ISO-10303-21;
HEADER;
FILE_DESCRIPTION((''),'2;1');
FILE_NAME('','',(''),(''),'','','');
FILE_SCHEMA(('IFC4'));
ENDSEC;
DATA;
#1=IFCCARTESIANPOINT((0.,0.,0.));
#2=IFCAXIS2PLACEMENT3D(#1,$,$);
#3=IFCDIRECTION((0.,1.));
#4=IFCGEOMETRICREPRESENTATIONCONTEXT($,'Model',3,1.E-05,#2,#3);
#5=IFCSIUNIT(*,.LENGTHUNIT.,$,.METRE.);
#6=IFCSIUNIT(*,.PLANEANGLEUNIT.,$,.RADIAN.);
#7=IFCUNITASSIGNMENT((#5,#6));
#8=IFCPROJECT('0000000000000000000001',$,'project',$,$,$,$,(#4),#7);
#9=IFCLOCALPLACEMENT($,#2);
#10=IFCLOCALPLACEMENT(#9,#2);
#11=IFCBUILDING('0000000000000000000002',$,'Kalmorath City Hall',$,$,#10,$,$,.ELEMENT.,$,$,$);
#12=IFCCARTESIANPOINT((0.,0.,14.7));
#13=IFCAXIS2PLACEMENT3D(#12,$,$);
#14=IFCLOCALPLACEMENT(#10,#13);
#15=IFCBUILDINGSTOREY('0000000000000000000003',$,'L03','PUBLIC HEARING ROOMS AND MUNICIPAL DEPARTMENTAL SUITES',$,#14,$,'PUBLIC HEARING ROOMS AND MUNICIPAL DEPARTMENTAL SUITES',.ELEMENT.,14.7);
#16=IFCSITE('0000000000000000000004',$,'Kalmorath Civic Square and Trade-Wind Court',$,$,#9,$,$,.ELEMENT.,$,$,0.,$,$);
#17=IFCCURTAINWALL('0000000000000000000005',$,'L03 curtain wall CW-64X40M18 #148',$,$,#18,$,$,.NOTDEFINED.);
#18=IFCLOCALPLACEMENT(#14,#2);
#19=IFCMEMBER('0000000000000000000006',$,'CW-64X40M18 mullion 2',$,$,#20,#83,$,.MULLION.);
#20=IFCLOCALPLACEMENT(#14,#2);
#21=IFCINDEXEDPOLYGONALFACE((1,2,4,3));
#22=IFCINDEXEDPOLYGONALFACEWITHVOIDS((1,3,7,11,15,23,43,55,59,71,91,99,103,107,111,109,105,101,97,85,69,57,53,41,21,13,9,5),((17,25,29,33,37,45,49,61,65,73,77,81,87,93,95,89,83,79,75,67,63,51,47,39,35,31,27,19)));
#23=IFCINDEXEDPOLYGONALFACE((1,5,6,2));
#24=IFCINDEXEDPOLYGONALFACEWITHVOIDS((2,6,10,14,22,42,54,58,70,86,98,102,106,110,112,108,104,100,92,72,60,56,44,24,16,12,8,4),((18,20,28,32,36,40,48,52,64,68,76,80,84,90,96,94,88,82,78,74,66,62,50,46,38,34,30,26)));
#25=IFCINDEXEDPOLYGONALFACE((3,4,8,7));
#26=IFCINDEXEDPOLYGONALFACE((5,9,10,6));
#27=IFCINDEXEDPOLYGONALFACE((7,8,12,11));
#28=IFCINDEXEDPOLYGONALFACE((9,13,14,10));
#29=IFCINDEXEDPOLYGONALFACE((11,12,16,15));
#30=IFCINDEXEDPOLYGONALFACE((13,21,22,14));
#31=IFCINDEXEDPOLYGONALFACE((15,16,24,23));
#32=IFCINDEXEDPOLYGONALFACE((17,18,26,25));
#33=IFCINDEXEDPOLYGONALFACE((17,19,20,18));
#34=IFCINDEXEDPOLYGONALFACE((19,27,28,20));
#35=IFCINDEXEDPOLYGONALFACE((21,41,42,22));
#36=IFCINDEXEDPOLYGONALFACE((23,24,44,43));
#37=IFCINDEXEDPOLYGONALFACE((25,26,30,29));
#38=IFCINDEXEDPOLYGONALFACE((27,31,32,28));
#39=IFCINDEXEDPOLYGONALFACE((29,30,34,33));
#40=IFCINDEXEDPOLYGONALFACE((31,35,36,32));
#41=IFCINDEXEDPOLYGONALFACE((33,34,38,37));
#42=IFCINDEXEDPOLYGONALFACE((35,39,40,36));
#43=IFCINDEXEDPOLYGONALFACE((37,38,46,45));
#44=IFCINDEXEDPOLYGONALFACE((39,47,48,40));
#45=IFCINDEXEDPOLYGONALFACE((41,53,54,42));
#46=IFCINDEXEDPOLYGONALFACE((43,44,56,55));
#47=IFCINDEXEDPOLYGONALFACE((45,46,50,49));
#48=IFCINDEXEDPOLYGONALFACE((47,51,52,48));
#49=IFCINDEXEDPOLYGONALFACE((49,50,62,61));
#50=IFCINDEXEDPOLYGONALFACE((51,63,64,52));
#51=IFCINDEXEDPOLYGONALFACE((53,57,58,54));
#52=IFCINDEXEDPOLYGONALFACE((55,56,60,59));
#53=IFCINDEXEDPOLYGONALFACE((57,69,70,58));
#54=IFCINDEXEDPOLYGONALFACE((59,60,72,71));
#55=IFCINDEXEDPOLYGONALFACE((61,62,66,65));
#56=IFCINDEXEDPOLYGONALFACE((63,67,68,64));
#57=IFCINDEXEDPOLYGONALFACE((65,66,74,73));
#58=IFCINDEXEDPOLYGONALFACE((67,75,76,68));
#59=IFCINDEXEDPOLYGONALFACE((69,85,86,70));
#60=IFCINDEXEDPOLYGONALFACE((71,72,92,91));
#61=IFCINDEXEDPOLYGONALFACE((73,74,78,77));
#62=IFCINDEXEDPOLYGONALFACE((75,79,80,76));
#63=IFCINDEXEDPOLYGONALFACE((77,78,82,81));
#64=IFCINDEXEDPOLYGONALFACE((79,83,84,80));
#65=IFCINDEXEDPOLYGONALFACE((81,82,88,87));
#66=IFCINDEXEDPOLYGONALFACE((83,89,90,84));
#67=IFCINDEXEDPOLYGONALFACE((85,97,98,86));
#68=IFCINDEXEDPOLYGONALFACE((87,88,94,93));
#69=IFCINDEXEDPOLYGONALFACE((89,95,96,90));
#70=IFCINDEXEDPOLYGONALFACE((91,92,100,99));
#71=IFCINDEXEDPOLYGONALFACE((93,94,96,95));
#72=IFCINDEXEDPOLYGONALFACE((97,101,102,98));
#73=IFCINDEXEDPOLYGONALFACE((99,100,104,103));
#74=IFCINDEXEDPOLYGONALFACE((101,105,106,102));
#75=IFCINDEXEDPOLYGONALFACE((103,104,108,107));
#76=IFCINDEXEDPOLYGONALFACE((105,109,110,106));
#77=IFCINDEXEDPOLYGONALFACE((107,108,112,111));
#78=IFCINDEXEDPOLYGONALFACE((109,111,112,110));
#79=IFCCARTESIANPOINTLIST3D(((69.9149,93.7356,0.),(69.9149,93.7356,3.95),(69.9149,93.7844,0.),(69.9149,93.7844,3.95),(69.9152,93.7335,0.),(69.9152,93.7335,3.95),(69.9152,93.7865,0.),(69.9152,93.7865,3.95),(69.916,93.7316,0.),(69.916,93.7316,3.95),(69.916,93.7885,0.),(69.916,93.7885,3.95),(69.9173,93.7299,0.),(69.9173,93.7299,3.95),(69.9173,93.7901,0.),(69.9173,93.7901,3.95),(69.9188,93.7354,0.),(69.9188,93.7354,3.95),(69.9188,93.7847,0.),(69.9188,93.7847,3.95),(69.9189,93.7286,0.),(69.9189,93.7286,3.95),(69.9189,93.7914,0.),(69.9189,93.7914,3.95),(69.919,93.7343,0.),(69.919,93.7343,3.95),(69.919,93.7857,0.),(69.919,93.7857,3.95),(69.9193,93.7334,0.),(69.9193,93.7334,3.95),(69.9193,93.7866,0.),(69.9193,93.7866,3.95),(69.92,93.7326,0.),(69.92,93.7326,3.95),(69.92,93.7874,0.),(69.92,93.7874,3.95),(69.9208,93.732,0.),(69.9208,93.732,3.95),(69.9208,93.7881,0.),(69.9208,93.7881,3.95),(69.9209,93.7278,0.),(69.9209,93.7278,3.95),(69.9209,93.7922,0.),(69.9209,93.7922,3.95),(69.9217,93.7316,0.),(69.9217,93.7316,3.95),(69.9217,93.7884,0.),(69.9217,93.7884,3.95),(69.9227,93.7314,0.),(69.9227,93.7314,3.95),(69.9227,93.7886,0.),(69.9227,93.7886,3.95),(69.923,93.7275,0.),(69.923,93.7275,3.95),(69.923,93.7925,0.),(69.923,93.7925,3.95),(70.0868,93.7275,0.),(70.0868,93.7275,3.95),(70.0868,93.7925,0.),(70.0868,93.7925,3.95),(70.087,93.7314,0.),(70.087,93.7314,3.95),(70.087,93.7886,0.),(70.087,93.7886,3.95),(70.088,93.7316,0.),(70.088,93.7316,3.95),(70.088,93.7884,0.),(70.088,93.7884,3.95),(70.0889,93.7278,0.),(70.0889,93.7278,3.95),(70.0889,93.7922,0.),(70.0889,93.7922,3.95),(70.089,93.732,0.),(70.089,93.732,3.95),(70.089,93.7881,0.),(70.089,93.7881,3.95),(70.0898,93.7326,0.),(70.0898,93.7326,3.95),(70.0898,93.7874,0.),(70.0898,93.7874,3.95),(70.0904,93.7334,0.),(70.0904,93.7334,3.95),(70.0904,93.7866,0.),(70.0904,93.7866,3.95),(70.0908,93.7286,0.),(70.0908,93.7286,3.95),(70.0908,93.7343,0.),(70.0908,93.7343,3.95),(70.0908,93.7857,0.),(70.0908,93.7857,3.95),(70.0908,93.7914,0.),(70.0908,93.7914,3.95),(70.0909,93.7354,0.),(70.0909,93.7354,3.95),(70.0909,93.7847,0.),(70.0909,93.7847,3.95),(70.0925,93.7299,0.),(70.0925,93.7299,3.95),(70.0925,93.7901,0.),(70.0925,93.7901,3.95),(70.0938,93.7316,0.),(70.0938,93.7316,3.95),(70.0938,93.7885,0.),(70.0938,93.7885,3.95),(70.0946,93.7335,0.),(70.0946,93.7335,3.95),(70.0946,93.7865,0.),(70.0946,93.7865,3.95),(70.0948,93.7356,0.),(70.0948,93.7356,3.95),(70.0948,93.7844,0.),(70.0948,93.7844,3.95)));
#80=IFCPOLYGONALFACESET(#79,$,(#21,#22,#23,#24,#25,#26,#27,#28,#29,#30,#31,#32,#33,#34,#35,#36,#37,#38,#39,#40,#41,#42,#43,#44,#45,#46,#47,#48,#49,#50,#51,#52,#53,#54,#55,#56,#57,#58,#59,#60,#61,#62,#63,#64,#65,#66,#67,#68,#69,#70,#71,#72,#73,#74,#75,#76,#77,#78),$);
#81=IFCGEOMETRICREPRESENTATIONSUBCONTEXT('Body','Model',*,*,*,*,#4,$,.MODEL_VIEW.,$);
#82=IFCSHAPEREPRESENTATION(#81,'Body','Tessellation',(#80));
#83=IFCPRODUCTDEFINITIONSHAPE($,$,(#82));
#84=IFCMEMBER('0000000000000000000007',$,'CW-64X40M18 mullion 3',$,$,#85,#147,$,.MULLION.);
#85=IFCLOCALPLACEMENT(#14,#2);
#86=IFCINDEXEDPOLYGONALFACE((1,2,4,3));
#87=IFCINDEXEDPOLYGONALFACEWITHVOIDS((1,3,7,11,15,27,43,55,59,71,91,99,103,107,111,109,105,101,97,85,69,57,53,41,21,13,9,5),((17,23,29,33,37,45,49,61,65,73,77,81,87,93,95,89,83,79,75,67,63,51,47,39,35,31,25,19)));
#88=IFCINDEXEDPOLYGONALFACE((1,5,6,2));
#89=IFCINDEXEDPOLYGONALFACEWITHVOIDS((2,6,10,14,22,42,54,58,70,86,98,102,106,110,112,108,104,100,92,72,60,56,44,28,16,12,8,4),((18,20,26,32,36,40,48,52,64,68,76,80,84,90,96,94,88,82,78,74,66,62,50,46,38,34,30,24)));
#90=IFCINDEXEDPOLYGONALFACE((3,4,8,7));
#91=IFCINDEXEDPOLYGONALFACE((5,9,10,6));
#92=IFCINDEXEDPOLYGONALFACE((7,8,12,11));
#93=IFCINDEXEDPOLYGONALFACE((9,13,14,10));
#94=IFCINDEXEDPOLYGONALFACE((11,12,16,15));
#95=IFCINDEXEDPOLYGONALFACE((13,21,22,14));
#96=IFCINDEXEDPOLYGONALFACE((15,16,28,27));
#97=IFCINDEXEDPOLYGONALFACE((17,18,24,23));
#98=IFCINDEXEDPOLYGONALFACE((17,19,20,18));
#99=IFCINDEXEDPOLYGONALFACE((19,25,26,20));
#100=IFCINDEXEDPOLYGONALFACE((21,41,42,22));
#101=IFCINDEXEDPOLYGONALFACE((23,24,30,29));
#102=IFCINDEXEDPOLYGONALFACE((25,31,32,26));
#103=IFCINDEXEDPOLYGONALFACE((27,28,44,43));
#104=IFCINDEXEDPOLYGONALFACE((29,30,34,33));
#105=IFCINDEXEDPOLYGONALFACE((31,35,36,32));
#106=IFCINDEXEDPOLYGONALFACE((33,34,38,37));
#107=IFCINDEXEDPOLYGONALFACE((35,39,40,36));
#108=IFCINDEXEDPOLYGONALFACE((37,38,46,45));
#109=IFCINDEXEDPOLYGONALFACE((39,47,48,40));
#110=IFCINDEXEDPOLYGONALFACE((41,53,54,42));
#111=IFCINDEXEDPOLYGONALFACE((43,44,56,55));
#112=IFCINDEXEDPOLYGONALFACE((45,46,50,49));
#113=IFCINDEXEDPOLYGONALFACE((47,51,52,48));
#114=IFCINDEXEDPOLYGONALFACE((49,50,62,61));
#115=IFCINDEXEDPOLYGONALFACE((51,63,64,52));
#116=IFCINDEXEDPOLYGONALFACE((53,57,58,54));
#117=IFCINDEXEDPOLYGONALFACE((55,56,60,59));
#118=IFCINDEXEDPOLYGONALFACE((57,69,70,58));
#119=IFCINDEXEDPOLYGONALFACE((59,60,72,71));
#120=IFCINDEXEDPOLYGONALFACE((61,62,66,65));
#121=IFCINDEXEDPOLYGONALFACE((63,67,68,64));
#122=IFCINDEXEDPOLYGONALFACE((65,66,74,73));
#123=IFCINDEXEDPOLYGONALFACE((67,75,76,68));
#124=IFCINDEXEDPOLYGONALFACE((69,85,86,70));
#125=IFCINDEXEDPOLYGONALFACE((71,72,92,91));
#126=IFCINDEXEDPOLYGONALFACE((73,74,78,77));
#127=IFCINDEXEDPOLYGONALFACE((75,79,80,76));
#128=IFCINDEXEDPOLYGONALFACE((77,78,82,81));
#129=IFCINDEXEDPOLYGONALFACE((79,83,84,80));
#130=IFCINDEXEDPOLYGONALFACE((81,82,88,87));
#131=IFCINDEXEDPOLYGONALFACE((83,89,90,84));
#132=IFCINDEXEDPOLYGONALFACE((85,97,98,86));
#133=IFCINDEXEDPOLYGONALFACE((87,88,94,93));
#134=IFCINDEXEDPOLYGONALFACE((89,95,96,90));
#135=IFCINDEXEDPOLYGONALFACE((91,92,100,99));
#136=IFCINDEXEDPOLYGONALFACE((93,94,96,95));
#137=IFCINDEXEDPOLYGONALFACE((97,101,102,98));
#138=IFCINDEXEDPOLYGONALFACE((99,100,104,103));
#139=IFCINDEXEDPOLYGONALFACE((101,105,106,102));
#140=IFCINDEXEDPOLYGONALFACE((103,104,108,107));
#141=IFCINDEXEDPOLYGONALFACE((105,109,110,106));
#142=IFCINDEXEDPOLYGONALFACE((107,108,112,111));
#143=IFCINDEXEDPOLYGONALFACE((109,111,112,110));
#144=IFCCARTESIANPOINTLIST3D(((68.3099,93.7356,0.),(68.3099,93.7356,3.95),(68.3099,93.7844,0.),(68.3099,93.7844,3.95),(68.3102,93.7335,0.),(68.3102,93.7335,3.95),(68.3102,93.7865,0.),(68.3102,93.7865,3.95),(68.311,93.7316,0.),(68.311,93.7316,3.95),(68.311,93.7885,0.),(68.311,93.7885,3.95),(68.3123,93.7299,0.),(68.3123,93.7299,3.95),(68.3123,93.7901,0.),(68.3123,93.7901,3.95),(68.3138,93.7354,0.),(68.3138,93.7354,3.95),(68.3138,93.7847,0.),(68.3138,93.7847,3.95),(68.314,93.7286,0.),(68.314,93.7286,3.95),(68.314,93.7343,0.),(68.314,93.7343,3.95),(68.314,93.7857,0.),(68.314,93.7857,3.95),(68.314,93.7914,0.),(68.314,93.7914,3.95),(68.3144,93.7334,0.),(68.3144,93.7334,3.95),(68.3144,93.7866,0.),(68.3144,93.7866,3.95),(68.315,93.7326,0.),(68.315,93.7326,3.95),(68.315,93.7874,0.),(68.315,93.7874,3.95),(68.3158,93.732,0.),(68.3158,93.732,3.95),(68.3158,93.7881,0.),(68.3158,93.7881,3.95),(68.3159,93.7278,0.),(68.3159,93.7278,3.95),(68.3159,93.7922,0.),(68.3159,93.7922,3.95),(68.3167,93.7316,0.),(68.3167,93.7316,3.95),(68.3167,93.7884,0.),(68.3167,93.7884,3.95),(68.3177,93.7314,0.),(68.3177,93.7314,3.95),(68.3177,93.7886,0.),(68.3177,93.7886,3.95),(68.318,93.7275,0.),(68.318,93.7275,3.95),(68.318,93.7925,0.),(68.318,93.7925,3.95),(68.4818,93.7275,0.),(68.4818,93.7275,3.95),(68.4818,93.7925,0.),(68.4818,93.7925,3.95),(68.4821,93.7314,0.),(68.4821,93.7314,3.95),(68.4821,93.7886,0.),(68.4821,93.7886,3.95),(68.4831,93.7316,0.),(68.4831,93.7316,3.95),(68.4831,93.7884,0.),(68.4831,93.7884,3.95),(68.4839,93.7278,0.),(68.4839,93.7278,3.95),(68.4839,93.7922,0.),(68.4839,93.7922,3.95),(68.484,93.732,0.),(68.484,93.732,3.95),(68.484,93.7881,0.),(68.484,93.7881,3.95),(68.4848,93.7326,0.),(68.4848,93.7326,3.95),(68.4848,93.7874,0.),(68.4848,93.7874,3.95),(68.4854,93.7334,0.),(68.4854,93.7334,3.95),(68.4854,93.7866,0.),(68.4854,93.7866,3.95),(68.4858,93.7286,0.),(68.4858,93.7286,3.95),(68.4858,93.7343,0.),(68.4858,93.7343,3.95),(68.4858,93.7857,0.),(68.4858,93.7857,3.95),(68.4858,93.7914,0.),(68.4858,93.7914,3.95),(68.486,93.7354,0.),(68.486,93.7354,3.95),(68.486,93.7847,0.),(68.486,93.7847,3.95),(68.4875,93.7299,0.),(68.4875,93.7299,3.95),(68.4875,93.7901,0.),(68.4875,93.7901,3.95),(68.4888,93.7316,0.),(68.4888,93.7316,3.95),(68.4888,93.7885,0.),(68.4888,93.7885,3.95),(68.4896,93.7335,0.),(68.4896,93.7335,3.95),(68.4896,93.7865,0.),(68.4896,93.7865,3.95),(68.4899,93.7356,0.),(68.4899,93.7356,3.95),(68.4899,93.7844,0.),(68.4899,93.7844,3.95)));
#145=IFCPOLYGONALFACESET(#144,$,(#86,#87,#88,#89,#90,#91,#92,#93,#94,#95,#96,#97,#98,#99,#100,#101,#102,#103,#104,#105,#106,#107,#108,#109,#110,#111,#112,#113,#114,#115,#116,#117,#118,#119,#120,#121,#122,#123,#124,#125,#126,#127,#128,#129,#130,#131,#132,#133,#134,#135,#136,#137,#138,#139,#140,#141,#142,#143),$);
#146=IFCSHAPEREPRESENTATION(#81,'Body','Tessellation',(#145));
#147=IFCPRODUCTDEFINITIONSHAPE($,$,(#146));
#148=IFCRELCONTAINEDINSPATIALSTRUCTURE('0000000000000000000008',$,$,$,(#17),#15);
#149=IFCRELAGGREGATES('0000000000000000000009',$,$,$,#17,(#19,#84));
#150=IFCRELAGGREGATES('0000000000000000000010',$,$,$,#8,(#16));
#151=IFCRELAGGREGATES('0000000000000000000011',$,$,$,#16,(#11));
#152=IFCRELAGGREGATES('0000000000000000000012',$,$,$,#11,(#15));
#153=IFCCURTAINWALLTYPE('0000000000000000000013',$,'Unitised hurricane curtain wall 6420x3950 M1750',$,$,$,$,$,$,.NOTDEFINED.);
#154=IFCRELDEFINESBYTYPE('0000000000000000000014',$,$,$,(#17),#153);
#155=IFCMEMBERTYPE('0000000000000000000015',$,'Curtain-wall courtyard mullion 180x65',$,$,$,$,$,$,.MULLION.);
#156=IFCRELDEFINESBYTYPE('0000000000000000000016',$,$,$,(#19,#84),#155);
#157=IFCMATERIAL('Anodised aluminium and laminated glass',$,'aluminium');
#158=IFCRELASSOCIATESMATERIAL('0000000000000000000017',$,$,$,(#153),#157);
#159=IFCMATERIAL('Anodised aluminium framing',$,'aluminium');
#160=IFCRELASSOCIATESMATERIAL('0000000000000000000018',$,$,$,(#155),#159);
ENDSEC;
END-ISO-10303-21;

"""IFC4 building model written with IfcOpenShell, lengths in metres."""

from ifc_helpers import new_model, si_unit, direction, frame, origin, origin_2d, place, context, subcontext, project, spatial, hollow_rectangle, extrude, material, material_profile, profile_set, type_object, element, aggregate, save


model = new_model("IFC4")

# Units and contexts
model_context = context("Model", 3, precision=1e-05, world=origin(), true_north=direction((0.0, 1.0)))
body_context = subcontext(model_context, "Body", "Model", "MODEL_VIEW")
ifc_project = project(units=[si_unit("LENGTHUNIT", "METRE"), si_unit("PLANEANGLEUNIT", "RADIAN")], contexts=[model_context])

# Site, building, storey
site_placement = place(None, origin())
site = spatial("IfcSite", under=ifc_project, at=site_placement, Name="Kalmorath Civic Square and Trade-Wind Court", CompositionType="ELEMENT", RefElevation=0.0)
building_placement = place(site_placement, origin())
building = spatial("IfcBuilding", under=site, at=building_placement, Name="Kalmorath City Hall", CompositionType="ELEMENT")
storey_placement = place(building_placement, frame((0.0, 0.0, 14.7)))
storey = spatial("IfcBuildingStorey", under=building, at=storey_placement, Name="L03", Description="PUBLIC HEARING ROOMS AND MUNICIPAL DEPARTMENTAL SUITES", LongName="PUBLIC HEARING ROOMS AND MUNICIPAL DEPARTMENTAL SUITES", CompositionType="ELEMENT", Elevation=14.7)

# Curtain wall, members
ifc_material_1 = material(Name="Anodised aluminium and laminated glass", Category="aluminium")
curtain_wall_type = type_object("IfcCurtainWallType", Name="Unitised hurricane curtain wall 6420x3950 M1750", PredefinedType="NOTDEFINED", material=ifc_material_1)
curtain_wall_placement = place(storey_placement, origin())
curtain_wall = element("IfcCurtainWall", 1, at=curtain_wall_placement, inside=storey, type_object=curtain_wall_type, Name="L03 curtain wall CW-64X40M18 #148", PredefinedType="NOTDEFINED")
ifc_material_2 = material(Name="Anodised aluminium framing", Category="aluminium")
ifc_material_profile_1 = material_profile(ifc_material_2, hollow_rectangle(XDim=0.0649, YDim=0.1799, WallThickness=0.0039, InnerFilletRadius=0.0039, OuterFilletRadius=0.0081, at=origin_2d()), Name="ALU-MUL-180X65X4")
ifc_profile_set_1 = profile_set([ifc_material_profile_1], Name="Anodised aluminium framing")
member_type_1 = type_object("IfcMemberType", Name="Curtain-wall courtyard mullion 180x65", PredefinedType="MULLION", material=ifc_profile_set_1)
member_1_placement = place(storey_placement, frame((70.0049, 93.76, 0.0), z_axis=(0.0, 0.0, 1.0), x_axis=(0.0, -1.0, 0.0)))
member_1 = element("IfcMember", 2, at=member_1_placement, type_object=member_type_1, Name="CW-64X40M18 mullion 2", PredefinedType="MULLION", context=body_context, shape_type="SweptSolid", body=[
    extrude(hollow_rectangle(XDim=0.0649, YDim=0.1799, WallThickness=0.0039, InnerFilletRadius=0.0039, OuterFilletRadius=0.0081, at=origin_2d()), origin(), (0.0, 0.0, 1.0), 3.95),
])
member_2_placement = place(storey_placement, frame((68.3999, 93.76, 0.0), z_axis=(0.0, 0.0, 1.0), x_axis=(0.0, -1.0, 0.0)))
member_2 = element("IfcMember", 3, at=member_2_placement, type_object=member_type_1, Name="CW-64X40M18 mullion 3", PredefinedType="MULLION", context=body_context, shape_type="SweptSolid", body=[
    extrude(hollow_rectangle(XDim=0.0649, YDim=0.1799, WallThickness=0.0039, InnerFilletRadius=0.0039, OuterFilletRadius=0.0081, at=origin_2d()), origin(), (0.0, 0.0, 1.0), 3.95),
])
aggregate(curtain_wall, [member_1, member_2])

save(model, "model.ifc")
